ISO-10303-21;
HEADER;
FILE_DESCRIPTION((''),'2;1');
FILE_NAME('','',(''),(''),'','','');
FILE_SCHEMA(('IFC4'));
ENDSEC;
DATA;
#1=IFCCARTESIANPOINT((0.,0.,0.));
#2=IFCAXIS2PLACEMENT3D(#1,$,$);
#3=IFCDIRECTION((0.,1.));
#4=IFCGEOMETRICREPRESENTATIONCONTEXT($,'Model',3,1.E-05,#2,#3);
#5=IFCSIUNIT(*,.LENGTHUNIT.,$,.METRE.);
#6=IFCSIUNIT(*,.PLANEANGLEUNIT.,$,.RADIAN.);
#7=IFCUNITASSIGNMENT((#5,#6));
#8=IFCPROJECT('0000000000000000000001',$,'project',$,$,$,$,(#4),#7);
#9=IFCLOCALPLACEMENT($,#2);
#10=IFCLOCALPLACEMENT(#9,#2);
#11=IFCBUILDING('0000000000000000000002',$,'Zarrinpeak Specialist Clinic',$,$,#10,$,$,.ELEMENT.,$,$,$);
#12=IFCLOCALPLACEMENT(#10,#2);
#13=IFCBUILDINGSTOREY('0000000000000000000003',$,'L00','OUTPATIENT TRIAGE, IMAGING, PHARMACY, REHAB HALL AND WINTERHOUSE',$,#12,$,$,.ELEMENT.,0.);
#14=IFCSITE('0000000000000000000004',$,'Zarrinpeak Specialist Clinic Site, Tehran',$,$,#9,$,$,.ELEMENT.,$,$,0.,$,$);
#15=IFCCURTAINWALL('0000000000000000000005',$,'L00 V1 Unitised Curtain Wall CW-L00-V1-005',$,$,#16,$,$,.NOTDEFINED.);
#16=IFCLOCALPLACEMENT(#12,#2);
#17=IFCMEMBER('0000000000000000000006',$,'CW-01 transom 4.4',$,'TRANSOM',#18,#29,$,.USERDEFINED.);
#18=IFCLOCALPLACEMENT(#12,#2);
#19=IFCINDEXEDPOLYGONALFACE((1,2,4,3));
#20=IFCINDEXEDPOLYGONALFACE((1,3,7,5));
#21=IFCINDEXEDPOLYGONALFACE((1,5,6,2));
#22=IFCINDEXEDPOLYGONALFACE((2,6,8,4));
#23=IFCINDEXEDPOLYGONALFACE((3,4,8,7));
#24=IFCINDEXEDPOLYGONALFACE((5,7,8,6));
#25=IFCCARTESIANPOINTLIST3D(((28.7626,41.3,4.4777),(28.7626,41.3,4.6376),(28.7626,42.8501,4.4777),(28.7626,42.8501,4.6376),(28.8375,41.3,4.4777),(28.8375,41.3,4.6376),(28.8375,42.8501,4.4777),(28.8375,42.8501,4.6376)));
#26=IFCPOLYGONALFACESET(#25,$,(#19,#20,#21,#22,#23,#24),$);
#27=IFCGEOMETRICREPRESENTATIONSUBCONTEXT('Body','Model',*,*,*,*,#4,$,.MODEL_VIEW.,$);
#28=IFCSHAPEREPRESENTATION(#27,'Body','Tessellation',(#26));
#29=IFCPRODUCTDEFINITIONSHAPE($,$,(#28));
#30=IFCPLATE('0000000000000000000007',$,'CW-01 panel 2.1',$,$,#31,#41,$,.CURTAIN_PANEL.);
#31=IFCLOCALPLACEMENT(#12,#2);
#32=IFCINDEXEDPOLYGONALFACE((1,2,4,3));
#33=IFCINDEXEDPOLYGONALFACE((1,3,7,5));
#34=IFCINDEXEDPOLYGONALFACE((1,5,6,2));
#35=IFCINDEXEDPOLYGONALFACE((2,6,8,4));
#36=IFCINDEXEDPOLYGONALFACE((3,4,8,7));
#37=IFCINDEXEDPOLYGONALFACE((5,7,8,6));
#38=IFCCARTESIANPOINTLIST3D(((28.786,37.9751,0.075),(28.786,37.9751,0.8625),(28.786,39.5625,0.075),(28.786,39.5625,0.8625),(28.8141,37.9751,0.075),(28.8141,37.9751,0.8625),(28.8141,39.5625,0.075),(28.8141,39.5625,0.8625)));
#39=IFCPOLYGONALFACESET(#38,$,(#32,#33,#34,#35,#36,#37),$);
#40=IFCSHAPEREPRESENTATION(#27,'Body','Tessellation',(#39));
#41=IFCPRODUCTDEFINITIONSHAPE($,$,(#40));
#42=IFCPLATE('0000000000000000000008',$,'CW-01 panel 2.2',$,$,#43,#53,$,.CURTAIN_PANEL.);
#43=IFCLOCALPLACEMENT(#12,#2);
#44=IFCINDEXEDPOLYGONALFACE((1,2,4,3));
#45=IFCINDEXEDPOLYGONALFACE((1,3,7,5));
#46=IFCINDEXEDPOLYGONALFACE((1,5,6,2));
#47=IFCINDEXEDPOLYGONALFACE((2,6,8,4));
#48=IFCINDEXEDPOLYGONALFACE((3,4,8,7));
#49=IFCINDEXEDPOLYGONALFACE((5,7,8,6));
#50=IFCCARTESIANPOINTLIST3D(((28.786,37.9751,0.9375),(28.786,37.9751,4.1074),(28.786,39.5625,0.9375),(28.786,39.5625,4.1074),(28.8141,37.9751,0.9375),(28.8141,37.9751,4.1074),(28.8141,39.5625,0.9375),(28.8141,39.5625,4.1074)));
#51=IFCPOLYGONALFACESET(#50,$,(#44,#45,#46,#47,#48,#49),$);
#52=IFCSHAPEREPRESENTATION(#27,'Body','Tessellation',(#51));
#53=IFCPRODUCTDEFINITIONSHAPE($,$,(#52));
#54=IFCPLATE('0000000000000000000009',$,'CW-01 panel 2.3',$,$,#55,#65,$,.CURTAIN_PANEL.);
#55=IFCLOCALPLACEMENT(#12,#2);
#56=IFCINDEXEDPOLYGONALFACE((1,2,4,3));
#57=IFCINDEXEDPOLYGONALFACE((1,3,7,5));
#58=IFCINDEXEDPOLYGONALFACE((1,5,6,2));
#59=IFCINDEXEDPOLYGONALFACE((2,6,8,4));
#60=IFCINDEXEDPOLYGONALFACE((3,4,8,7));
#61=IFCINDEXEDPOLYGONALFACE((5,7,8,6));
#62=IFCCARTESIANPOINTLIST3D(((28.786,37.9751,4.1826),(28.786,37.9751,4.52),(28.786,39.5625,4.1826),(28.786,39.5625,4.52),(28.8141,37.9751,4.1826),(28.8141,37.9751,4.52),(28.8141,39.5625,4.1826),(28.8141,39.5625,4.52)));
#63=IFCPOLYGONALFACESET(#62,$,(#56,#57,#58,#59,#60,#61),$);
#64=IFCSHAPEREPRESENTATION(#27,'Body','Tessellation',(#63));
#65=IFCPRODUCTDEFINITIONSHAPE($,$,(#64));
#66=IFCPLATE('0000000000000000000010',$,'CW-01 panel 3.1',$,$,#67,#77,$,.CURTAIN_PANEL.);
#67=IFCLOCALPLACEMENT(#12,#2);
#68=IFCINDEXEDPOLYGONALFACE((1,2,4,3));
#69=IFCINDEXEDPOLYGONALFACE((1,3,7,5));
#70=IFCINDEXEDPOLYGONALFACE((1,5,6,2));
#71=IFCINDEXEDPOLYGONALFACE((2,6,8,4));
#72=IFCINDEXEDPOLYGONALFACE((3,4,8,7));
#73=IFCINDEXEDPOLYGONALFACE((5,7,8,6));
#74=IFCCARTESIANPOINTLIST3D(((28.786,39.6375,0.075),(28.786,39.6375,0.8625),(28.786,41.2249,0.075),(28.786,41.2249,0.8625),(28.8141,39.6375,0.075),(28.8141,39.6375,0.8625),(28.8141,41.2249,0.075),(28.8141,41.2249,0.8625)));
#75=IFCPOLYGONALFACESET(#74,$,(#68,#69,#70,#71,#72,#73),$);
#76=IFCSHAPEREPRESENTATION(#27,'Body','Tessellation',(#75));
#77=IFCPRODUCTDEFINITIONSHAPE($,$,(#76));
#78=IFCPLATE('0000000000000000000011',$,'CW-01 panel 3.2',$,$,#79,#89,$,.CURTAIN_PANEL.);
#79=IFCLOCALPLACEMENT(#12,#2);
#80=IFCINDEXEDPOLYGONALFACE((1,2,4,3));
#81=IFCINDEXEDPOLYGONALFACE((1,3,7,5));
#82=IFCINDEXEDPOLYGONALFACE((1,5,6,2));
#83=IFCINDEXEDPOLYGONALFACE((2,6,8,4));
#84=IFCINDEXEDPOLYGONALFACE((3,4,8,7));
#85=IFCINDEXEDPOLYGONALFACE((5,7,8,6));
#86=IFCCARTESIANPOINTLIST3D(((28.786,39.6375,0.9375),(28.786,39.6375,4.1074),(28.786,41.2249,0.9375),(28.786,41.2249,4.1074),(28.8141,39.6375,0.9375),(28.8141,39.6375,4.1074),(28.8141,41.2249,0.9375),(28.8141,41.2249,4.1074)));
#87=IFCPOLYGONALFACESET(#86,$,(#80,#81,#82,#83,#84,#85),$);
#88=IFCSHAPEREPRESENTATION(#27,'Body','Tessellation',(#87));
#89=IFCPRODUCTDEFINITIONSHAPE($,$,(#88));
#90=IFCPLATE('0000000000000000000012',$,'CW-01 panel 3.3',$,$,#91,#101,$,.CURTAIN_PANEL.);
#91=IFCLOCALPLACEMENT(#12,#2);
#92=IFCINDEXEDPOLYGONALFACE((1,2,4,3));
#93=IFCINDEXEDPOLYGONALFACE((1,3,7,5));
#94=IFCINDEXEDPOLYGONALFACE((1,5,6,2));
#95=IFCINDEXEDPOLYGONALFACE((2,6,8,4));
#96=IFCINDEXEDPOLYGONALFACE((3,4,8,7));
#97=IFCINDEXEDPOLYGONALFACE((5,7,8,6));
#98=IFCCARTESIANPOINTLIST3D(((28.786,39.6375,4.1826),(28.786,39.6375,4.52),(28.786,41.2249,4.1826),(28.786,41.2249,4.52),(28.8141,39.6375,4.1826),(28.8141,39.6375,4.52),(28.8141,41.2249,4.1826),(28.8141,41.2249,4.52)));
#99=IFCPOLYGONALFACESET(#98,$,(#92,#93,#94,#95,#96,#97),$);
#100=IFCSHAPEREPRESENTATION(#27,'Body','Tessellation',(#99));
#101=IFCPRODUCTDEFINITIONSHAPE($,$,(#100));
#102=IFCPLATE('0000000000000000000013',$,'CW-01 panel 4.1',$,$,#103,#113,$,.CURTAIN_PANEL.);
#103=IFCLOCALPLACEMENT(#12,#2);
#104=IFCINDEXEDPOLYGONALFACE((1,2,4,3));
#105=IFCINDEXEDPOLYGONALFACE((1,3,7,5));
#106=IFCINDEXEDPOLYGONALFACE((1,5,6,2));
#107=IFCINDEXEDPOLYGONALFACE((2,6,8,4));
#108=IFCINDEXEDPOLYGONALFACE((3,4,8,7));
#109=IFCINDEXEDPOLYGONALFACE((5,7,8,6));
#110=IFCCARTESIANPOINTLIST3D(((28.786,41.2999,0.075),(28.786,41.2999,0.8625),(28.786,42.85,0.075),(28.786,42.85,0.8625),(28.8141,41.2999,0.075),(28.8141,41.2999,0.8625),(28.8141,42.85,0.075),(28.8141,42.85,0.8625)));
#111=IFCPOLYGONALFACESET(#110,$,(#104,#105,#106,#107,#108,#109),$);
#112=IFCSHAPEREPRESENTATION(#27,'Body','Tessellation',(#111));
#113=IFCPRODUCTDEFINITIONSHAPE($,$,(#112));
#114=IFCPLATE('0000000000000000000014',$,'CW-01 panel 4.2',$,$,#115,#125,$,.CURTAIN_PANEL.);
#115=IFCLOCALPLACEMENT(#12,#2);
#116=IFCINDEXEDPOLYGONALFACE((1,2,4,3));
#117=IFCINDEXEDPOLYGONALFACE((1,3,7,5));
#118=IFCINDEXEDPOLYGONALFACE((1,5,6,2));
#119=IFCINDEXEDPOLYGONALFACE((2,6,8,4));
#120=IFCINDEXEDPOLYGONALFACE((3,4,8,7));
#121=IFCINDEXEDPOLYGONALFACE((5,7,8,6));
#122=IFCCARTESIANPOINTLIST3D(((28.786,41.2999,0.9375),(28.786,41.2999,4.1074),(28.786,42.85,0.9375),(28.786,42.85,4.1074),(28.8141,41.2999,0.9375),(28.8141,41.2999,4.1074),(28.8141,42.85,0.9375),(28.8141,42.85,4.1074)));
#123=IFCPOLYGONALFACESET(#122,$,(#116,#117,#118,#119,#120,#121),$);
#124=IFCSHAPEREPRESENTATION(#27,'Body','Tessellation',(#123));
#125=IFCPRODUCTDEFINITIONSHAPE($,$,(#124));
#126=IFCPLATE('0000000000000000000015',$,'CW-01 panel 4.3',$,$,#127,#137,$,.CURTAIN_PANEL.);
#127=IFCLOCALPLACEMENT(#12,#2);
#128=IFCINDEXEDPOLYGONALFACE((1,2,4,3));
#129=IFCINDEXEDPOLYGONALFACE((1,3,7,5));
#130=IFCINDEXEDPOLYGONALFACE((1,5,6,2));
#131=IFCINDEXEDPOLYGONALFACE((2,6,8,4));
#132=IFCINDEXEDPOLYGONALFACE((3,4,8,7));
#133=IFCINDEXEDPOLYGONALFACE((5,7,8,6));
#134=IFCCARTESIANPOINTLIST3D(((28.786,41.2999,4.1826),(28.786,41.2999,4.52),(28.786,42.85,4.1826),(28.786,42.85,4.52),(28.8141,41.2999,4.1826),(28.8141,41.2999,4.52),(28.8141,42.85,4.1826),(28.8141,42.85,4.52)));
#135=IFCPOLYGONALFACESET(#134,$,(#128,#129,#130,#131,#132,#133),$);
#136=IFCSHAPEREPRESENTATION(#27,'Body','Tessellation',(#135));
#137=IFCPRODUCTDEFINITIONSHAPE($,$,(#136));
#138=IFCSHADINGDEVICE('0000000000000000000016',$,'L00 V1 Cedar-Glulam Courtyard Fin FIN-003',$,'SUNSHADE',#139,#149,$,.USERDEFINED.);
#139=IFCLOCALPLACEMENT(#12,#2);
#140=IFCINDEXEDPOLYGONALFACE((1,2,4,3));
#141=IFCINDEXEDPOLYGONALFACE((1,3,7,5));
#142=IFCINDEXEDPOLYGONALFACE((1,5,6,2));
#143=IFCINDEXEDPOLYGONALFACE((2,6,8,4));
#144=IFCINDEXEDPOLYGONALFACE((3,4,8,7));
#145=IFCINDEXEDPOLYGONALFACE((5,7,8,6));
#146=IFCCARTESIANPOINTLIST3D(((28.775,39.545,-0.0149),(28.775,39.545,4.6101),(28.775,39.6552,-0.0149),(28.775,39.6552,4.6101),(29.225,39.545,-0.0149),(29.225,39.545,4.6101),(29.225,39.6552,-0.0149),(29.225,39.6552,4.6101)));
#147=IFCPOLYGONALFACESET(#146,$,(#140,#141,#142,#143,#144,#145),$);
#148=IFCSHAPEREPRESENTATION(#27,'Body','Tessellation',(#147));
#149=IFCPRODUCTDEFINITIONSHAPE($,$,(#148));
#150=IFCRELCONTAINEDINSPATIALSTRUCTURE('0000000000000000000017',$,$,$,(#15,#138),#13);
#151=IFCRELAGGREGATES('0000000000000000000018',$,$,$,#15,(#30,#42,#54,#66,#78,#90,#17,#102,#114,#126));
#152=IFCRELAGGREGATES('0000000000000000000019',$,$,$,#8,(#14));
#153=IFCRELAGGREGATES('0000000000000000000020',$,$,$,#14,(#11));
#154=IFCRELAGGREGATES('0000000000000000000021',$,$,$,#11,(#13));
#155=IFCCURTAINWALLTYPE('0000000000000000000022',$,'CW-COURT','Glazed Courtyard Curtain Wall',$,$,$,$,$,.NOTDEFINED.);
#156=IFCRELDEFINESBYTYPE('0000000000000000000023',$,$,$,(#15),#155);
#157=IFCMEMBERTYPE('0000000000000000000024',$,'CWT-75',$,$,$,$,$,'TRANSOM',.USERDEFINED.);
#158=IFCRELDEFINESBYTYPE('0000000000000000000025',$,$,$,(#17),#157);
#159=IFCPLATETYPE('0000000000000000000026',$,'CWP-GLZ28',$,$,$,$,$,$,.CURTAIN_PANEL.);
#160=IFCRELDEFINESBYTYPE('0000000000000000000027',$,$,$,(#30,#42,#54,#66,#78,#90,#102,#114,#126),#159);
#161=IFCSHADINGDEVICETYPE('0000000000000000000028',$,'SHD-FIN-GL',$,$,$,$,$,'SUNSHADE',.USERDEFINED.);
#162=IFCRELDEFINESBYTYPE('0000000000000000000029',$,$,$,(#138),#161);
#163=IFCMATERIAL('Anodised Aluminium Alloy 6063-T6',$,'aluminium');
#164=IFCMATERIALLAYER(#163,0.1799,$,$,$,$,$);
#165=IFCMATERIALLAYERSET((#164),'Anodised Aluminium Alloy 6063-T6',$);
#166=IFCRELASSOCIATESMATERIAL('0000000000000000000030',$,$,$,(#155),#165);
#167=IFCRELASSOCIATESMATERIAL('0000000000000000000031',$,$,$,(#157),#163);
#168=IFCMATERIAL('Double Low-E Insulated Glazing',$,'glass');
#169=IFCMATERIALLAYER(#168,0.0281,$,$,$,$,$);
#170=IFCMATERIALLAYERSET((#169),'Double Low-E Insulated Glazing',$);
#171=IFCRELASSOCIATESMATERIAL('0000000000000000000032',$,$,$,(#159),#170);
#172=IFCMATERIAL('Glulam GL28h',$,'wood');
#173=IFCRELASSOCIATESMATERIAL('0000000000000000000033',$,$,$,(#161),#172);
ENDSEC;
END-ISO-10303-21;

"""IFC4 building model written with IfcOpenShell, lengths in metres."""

from ifc_helpers import new_model, si_unit, direction, frame, origin, origin_2d, place, context, subcontext, project, spatial, rectangle, extrude, material, layer, layer_set, material_profile, profile_set, type_object, element, aggregate, save


model = new_model("IFC4")

# Units and contexts
model_context = context("Model", 3, precision=1e-05, world=origin(), true_north=direction((0.0, 1.0)))
body_context = subcontext(model_context, "Body", "Model", "MODEL_VIEW")
ifc_project = project(units=[si_unit("LENGTHUNIT", "METRE"), si_unit("PLANEANGLEUNIT", "RADIAN")], contexts=[model_context])

# Site, building, storey
site_placement = place(None, origin())
site = spatial("IfcSite", under=ifc_project, at=site_placement, Name="Zarrinpeak Specialist Clinic Site, Tehran", CompositionType="ELEMENT", RefElevation=0.0)
building_placement = place(site_placement, origin())
building = spatial("IfcBuilding", under=site, at=building_placement, Name="Zarrinpeak Specialist Clinic", CompositionType="ELEMENT")
storey_placement = place(building_placement, origin())
storey = spatial("IfcBuildingStorey", under=building, at=storey_placement, Name="L00", Description="OUTPATIENT TRIAGE, IMAGING, PHARMACY, REHAB HALL AND WINTERHOUSE", CompositionType="ELEMENT", Elevation=0.0)

# Curtain wall, member, plates
ifc_material_1 = material(Name="Anodised Aluminium Alloy 6063-T6", Category="aluminium")
ifc_layer_1 = layer(ifc_material_1, 0.1799)
ifc_layer_set_1 = layer_set([ifc_layer_1], Name="Anodised Aluminium Alloy 6063-T6")
curtain_wall_type = type_object("IfcCurtainWallType", Name="CW-COURT", Description="Glazed Courtyard Curtain Wall", PredefinedType="NOTDEFINED", material=ifc_layer_set_1)
curtain_wall_placement = place(storey_placement, origin())
curtain_wall = element("IfcCurtainWall", 1, at=curtain_wall_placement, inside=storey, type_object=curtain_wall_type, Name="L00 V1 Unitised Curtain Wall CW-L00-V1-005", PredefinedType="NOTDEFINED")
ifc_material_profile_1 = material_profile(ifc_material_1, rectangle(XDim=0.075, YDim=0.1599, at=origin_2d()), Name="ALU 75x160")
ifc_profile_set_1 = profile_set([ifc_material_profile_1], Name="Anodised Aluminium Alloy 6063-T6")
member_type_1 = type_object("IfcMemberType", Name="CWT-75", ElementType="TRANSOM", PredefinedType="USERDEFINED", material=ifc_profile_set_1)
member_1_placement = place(storey_placement, frame((28.8, 41.3, 4.5576), z_axis=(0.0, 1.0, 0.0), x_axis=(-1.0, 0.0, 0.0)))
member_1 = element("IfcMember", 2, at=member_1_placement, type_object=member_type_1, Name="CW-01 transom 4.4", ObjectType="TRANSOM", PredefinedType="USERDEFINED", context=body_context, shape_type="SweptSolid", body=[
    extrude(rectangle(XDim=0.075, YDim=0.1599, at=origin_2d()), origin(), (0.0, 0.0, 1.0), 1.55),
])
ifc_material_2 = material(Name="Double Low-E Insulated Glazing", Category="glass")
ifc_layer_2 = layer(ifc_material_2, 0.0281)
ifc_layer_set_2 = layer_set([ifc_layer_2], Name="Double Low-E Insulated Glazing")
plate_type = type_object("IfcPlateType", Name="CWP-GLZ28", PredefinedType="CURTAIN_PANEL", material=ifc_layer_set_2)
plate_1_placement = place(storey_placement, frame((28.8, 38.7688, 0.075), z_axis=(0.0, 0.0, 1.0), x_axis=(0.0, 1.0, 0.0)))
plate_1 = element("IfcPlate", 3, at=plate_1_placement, type_object=plate_type, Name="CW-01 panel 2.1", PredefinedType="CURTAIN_PANEL", context=body_context, shape_type="SweptSolid", body=[
    extrude(rectangle(XDim=1.5874, YDim=0.0281, at=origin_2d()), origin(), (0.0, 0.0, 1.0), 0.7876),
])
plate_2_placement = place(storey_placement, frame((28.8, 38.7688, 0.9375), z_axis=(0.0, 0.0, 1.0), x_axis=(0.0, 1.0, 0.0)))
plate_2 = element("IfcPlate", 4, at=plate_2_placement, type_object=plate_type, Name="CW-01 panel 2.2", PredefinedType="CURTAIN_PANEL", context=body_context, shape_type="SweptSolid", body=[
    extrude(rectangle(XDim=1.5874, YDim=0.0281, at=origin_2d()), origin(), (0.0, 0.0, 1.0), 3.1699),
])
plate_3_placement = place(storey_placement, frame((28.8, 38.7688, 4.1826), z_axis=(0.0, 0.0, 1.0), x_axis=(0.0, 1.0, 0.0)))
plate_3 = element("IfcPlate", 5, at=plate_3_placement, type_object=plate_type, Name="CW-01 panel 2.3", PredefinedType="CURTAIN_PANEL", context=body_context, shape_type="SweptSolid", body=[
    extrude(rectangle(XDim=1.5874, YDim=0.0281, at=origin_2d()), origin(), (0.0, 0.0, 1.0), 0.3374),
])
plate_4_placement = place(storey_placement, frame((28.8, 40.4312, 0.075), z_axis=(0.0, 0.0, 1.0), x_axis=(0.0, 1.0, 0.0)))
plate_4 = element("IfcPlate", 6, at=plate_4_placement, type_object=plate_type, Name="CW-01 panel 3.1", PredefinedType="CURTAIN_PANEL", context=body_context, shape_type="SweptSolid", body=[
    extrude(rectangle(XDim=1.5874, YDim=0.0281, at=origin_2d()), origin(), (0.0, 0.0, 1.0), 0.7876),
])
plate_5_placement = place(storey_placement, frame((28.8, 40.4312, 0.9375), z_axis=(0.0, 0.0, 1.0), x_axis=(0.0, 1.0, 0.0)))
plate_5 = element("IfcPlate", 7, at=plate_5_placement, type_object=plate_type, Name="CW-01 panel 3.2", PredefinedType="CURTAIN_PANEL", context=body_context, shape_type="SweptSolid", body=[
    extrude(rectangle(XDim=1.5874, YDim=0.0281, at=origin_2d()), origin(), (0.0, 0.0, 1.0), 3.1699),
])
plate_6_placement = place(storey_placement, frame((28.8, 40.4312, 4.1826), z_axis=(0.0, 0.0, 1.0), x_axis=(0.0, 1.0, 0.0)))
plate_6 = element("IfcPlate", 8, at=plate_6_placement, type_object=plate_type, Name="CW-01 panel 3.3", PredefinedType="CURTAIN_PANEL", context=body_context, shape_type="SweptSolid", body=[
    extrude(rectangle(XDim=1.5874, YDim=0.0281, at=origin_2d()), origin(), (0.0, 0.0, 1.0), 0.3374),
])
plate_7_placement = place(storey_placement, frame((28.8, 42.075, 0.075), z_axis=(0.0, 0.0, 1.0), x_axis=(0.0, 1.0, 0.0)))
plate_7 = element("IfcPlate", 9, at=plate_7_placement, type_object=plate_type, Name="CW-01 panel 4.1", PredefinedType="CURTAIN_PANEL", context=body_context, shape_type="SweptSolid", body=[
    extrude(rectangle(XDim=1.55, YDim=0.0281, at=origin_2d()), origin(), (0.0, 0.0, 1.0), 0.7876),
])
plate_8_placement = place(storey_placement, frame((28.8, 42.075, 0.9375), z_axis=(0.0, 0.0, 1.0), x_axis=(0.0, 1.0, 0.0)))
plate_8 = element("IfcPlate", 10, at=plate_8_placement, type_object=plate_type, Name="CW-01 panel 4.2", PredefinedType="CURTAIN_PANEL", context=body_context, shape_type="SweptSolid", body=[
    extrude(rectangle(XDim=1.55, YDim=0.0281, at=origin_2d()), origin(), (0.0, 0.0, 1.0), 3.1699),
])
plate_9_placement = place(storey_placement, frame((28.8, 42.075, 4.1826), z_axis=(0.0, 0.0, 1.0), x_axis=(0.0, 1.0, 0.0)))
plate_9 = element("IfcPlate", 11, at=plate_9_placement, type_object=plate_type, Name="CW-01 panel 4.3", PredefinedType="CURTAIN_PANEL", context=body_context, shape_type="SweptSolid", body=[
    extrude(rectangle(XDim=1.55, YDim=0.0281, at=origin_2d()), origin(), (0.0, 0.0, 1.0), 0.3374),
])
aggregate(curtain_wall, [plate_1, plate_2, plate_3, plate_4, plate_5, plate_6, member_1, plate_7, plate_8, plate_9])

# Shading device
ifc_material_3 = material(Name="Glulam GL28h", Category="wood")
shading_device_type = type_object("IfcShadingDeviceType", Name="SHD-FIN-GL", ElementType="SUNSHADE", PredefinedType="USERDEFINED", material=ifc_material_3)
shading_device_placement = place(storey_placement, frame((29.0, 39.6001, -0.0149), z_axis=(0.0, 0.0, 1.0), x_axis=(1.0, 0.0, 0.0)))
element("IfcShadingDevice", 12, at=shading_device_placement, inside=storey, type_object=shading_device_type, Name="L00 V1 Cedar-Glulam Courtyard Fin FIN-003", ObjectType="SUNSHADE", PredefinedType="USERDEFINED", context=body_context, shape_type="SweptSolid", body=[
    extrude(rectangle(XDim=0.45, YDim=0.1101, at=origin_2d()), origin(), (0.0, 0.0, 1.0), 4.625),
])

save(model, "model.ifc")
